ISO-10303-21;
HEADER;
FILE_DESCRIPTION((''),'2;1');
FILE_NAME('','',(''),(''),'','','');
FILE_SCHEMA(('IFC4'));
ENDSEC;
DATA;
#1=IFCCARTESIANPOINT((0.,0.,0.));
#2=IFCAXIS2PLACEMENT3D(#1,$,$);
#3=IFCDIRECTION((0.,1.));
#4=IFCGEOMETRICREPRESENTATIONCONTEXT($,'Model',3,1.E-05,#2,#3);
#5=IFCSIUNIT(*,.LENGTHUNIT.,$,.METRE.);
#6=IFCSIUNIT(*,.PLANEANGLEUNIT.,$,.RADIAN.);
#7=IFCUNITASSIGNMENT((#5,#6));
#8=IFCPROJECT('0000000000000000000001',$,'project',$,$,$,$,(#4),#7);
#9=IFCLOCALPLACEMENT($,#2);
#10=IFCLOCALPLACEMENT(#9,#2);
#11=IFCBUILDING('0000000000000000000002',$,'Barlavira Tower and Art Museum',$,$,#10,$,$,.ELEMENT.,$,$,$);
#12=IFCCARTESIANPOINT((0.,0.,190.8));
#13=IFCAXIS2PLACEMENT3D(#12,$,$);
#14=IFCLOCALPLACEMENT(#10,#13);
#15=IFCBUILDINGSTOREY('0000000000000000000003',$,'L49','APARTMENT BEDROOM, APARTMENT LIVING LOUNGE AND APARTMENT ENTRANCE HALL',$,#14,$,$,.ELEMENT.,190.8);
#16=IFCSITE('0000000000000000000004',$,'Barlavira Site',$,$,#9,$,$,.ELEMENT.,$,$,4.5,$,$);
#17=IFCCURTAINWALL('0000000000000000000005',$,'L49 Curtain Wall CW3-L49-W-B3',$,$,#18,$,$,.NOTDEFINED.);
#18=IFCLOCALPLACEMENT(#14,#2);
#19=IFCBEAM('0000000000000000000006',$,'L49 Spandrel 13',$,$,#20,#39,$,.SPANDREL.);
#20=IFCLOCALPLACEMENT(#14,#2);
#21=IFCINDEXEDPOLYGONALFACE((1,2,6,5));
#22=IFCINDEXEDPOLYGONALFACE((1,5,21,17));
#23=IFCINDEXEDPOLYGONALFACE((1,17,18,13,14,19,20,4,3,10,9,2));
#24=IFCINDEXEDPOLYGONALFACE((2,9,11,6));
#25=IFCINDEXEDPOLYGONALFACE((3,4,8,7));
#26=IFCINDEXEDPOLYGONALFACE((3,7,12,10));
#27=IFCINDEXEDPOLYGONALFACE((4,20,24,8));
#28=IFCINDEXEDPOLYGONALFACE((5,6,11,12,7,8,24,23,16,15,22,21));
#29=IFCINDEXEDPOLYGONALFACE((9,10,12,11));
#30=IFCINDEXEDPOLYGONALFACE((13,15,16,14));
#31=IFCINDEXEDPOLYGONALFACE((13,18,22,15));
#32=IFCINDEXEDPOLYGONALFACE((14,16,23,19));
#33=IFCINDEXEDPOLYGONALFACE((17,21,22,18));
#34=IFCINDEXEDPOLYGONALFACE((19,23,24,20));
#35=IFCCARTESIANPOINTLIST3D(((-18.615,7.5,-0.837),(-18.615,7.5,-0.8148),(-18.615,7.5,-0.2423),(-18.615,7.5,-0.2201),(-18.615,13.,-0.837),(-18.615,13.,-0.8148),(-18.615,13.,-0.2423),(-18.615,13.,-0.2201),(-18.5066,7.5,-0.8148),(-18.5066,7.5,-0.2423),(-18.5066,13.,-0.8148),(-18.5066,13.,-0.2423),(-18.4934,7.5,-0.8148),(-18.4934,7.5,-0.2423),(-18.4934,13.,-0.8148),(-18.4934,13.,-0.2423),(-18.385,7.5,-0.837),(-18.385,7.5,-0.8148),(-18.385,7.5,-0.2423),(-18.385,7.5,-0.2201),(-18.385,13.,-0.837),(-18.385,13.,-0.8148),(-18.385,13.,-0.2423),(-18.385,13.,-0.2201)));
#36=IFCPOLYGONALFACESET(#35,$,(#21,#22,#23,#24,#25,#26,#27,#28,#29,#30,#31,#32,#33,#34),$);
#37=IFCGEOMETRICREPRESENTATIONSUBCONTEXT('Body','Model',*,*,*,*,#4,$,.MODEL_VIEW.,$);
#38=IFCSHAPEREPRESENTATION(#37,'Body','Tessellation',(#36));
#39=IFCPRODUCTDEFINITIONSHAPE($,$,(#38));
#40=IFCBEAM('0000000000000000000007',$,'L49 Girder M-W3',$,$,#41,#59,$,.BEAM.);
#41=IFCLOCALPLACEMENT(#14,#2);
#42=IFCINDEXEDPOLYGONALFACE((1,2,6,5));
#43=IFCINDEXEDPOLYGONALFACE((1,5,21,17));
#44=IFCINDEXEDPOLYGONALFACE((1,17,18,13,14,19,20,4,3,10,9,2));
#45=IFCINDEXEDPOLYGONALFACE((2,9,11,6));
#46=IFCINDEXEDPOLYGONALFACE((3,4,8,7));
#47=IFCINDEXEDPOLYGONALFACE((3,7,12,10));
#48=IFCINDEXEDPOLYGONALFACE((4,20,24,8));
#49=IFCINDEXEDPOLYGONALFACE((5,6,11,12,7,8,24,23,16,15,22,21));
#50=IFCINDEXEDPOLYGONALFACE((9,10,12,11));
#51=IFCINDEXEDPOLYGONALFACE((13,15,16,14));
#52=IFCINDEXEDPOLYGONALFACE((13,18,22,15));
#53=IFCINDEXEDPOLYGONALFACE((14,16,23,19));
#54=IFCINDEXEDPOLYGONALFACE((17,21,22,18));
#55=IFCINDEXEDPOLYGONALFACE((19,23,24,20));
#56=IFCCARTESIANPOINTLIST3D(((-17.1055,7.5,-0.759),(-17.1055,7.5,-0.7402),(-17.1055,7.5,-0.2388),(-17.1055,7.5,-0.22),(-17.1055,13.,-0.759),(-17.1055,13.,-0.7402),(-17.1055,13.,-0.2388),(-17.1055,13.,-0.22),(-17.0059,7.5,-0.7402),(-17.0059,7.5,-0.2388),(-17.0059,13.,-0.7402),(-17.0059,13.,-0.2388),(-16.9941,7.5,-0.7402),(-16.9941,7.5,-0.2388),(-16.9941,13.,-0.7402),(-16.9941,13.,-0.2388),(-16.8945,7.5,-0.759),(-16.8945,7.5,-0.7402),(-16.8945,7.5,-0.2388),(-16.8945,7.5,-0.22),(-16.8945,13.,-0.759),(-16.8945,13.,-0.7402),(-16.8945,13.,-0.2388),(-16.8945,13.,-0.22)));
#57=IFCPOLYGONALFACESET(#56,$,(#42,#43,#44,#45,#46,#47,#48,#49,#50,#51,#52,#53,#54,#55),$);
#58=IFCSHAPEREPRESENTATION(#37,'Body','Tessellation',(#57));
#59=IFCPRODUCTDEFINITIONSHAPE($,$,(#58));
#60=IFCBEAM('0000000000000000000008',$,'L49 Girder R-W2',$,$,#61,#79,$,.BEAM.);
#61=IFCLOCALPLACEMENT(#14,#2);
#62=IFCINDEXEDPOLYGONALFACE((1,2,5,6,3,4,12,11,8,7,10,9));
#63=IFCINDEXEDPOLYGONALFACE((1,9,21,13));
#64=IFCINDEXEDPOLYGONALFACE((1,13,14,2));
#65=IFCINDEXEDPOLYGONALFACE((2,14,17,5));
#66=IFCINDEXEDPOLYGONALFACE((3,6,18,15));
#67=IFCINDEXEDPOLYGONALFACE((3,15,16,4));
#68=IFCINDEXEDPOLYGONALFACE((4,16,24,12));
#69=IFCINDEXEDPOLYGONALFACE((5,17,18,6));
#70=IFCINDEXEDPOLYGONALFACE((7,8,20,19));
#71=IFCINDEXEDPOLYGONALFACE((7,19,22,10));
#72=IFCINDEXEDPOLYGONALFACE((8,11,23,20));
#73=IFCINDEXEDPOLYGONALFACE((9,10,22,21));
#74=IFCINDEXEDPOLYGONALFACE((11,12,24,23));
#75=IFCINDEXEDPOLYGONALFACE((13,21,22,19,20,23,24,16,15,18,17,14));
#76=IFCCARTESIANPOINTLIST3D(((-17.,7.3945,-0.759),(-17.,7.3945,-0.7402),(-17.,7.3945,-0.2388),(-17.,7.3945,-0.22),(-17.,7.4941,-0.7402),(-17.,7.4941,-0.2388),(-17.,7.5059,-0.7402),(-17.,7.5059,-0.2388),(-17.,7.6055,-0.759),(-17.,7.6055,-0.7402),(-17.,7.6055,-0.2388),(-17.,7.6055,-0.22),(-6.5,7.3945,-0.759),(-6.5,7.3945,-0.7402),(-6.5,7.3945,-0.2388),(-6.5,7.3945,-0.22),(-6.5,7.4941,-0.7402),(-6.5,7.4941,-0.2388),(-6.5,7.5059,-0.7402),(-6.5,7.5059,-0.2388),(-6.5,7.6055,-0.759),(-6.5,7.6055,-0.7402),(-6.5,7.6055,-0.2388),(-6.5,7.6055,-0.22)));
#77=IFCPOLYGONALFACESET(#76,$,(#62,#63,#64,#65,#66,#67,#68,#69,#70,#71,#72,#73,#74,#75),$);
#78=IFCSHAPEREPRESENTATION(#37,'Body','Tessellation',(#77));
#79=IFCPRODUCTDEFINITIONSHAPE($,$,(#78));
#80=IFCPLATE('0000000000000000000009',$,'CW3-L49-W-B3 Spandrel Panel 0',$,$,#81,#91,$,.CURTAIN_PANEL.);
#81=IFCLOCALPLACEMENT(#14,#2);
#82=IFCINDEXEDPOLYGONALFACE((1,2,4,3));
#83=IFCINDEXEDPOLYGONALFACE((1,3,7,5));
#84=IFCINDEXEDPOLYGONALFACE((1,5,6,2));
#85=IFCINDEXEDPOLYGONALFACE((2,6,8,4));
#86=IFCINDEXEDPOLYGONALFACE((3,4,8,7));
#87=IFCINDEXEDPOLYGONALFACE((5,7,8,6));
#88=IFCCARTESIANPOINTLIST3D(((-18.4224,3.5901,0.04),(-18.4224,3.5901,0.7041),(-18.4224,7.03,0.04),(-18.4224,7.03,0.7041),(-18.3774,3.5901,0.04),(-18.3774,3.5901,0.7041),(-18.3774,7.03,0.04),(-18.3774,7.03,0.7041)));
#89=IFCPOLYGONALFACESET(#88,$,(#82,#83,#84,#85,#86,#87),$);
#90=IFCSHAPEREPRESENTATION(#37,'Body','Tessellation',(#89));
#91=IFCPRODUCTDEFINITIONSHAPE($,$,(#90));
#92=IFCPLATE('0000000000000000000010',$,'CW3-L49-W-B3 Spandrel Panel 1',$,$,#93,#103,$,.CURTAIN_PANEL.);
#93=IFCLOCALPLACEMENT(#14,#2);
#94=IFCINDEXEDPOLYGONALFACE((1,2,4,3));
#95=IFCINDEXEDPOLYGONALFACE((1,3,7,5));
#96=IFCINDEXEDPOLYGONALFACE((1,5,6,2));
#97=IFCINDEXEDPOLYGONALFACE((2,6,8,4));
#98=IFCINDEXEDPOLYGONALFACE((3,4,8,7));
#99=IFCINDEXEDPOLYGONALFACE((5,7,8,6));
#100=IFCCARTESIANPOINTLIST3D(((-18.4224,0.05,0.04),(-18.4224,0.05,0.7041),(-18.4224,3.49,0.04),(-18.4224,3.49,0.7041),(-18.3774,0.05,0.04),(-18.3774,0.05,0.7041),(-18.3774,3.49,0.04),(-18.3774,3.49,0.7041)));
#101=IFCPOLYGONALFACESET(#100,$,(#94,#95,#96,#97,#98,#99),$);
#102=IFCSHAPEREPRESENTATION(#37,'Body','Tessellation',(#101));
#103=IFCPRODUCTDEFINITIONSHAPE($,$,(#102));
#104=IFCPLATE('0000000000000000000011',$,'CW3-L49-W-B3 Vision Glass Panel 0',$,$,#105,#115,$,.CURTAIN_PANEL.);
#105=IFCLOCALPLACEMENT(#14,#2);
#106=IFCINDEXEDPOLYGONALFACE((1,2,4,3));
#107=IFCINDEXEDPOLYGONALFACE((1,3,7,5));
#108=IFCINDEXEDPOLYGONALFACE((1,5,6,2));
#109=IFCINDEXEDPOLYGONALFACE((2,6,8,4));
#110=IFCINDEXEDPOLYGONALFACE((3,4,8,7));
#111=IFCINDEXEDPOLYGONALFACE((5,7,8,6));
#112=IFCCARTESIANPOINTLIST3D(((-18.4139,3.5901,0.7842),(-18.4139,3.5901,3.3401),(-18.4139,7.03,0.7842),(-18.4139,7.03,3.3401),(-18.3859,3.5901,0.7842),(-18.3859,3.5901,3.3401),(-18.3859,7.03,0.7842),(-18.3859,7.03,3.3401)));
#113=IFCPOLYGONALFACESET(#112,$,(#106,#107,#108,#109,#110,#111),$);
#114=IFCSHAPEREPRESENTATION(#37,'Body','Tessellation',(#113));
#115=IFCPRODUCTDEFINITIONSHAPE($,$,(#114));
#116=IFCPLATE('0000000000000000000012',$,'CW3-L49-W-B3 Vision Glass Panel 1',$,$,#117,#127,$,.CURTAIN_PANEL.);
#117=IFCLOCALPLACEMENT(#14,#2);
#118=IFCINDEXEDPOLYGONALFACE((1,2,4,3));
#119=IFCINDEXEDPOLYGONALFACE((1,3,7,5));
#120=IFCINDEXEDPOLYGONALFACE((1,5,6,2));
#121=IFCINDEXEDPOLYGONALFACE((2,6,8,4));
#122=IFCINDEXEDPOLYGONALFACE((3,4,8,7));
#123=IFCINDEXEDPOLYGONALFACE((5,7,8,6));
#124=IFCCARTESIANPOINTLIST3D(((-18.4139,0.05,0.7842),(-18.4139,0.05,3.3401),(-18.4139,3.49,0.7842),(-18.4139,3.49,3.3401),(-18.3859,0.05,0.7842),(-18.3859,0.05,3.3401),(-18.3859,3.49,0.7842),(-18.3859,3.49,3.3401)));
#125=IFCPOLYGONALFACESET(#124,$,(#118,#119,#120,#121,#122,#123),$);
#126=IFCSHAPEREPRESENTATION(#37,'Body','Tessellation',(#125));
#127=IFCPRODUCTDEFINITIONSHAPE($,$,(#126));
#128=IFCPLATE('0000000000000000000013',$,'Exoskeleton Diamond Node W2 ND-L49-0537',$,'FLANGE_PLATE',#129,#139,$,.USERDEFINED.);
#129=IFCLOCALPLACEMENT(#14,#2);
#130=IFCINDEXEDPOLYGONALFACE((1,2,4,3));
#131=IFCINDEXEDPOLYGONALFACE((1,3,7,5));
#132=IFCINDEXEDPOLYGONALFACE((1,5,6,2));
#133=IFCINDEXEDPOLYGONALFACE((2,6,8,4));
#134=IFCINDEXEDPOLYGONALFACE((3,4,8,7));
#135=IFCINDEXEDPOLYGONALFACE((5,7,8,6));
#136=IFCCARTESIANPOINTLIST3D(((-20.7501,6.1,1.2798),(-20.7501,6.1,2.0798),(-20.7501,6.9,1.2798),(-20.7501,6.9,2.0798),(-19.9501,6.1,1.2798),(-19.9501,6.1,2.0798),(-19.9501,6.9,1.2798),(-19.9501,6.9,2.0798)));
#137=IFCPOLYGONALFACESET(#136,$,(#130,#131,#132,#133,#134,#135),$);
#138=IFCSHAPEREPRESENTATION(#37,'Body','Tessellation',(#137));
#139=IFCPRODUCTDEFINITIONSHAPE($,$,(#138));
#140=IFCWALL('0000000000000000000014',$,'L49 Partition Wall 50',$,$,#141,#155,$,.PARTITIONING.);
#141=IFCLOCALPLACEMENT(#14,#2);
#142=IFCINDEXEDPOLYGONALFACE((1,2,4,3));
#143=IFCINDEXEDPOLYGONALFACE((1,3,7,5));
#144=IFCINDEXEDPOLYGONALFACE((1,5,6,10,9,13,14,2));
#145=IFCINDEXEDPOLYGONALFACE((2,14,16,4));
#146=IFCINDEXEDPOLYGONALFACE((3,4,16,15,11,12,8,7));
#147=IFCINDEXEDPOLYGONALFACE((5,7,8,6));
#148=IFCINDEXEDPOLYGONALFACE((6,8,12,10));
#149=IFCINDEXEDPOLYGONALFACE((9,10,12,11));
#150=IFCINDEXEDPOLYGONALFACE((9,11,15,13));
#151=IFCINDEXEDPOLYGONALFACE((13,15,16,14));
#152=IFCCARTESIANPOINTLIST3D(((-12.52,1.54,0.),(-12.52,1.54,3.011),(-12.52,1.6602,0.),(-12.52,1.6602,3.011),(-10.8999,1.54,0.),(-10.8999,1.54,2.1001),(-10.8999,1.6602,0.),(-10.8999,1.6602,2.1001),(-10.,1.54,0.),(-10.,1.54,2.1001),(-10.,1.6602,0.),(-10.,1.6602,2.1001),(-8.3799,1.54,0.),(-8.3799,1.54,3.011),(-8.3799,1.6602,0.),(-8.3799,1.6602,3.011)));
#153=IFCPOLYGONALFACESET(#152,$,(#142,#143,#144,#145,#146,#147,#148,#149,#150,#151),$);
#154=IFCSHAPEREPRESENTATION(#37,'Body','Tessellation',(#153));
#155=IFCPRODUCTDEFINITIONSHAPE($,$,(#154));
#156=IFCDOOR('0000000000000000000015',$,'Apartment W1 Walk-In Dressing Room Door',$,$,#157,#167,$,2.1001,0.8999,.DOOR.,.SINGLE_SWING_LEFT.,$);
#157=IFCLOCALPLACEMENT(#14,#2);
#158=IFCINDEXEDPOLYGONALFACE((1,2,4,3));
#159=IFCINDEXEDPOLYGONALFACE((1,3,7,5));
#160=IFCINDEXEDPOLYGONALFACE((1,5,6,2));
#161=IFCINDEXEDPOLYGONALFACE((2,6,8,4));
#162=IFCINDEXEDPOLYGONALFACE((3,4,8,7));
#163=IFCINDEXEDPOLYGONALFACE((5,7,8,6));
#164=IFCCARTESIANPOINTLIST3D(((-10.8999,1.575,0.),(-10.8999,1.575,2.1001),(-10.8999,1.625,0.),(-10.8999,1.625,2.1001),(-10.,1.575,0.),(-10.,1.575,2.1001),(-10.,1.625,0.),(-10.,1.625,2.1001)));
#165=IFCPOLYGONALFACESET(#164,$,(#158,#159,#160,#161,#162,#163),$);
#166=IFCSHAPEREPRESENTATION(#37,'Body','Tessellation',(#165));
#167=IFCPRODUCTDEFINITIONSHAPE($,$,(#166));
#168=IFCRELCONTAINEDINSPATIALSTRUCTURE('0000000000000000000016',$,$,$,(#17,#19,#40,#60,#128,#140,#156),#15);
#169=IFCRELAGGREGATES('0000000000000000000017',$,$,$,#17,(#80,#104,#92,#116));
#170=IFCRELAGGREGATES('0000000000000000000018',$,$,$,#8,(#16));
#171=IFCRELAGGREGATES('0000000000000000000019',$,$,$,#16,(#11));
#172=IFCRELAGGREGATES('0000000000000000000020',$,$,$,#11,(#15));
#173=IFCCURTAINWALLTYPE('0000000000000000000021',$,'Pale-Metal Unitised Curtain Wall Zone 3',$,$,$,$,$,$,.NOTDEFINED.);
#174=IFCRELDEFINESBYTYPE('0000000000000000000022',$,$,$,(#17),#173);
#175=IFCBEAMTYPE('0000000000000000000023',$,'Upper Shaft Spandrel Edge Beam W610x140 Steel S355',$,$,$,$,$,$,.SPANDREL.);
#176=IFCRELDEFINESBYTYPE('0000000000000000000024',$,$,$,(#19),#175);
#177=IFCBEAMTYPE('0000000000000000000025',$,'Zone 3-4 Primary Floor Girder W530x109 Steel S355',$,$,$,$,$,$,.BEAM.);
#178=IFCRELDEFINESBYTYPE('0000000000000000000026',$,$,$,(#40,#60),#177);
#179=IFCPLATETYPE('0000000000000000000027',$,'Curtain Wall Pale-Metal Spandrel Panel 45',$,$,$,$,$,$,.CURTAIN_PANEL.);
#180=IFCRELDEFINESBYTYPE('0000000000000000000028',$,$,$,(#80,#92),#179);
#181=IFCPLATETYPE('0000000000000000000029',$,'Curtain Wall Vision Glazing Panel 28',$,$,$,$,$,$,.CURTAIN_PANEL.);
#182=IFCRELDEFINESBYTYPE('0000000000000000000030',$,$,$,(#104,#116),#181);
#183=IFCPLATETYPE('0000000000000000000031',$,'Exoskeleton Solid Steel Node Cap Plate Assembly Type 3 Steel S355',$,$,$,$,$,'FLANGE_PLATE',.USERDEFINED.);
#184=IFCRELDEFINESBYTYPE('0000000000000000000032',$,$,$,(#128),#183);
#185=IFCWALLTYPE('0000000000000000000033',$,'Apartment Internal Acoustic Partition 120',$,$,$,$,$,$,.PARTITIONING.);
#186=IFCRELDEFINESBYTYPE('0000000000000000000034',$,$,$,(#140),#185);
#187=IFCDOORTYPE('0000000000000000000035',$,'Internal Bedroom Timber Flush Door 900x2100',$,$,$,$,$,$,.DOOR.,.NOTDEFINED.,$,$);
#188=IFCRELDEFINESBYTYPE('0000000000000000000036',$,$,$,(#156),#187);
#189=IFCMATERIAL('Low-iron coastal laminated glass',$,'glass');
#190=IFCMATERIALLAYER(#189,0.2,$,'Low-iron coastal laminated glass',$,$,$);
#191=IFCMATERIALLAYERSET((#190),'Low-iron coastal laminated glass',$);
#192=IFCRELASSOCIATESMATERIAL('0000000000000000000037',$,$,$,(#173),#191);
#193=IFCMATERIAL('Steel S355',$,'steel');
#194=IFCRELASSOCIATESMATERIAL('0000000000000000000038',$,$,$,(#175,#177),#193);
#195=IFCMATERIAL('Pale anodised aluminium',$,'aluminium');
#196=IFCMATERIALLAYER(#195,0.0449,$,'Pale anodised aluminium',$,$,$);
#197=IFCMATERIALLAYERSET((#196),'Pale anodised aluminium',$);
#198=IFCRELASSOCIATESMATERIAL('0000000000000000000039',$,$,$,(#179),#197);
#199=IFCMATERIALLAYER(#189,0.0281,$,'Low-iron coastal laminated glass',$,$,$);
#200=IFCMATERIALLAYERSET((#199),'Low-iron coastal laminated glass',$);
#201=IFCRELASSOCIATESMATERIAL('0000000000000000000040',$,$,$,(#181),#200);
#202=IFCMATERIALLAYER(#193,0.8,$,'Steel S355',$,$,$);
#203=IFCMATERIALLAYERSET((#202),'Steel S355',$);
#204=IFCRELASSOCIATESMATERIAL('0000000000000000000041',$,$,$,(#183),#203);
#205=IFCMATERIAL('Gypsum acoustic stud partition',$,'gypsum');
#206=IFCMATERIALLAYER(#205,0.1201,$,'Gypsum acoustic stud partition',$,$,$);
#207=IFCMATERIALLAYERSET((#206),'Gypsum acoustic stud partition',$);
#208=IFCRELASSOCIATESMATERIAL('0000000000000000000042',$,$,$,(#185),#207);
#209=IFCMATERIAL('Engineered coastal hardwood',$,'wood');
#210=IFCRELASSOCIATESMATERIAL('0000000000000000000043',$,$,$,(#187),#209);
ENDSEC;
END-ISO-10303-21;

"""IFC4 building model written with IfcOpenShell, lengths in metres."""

from ifc_helpers import new_model, si_unit, direction, frame, frame_2d, origin, origin_2d, place, context, subcontext, project, spatial, rectangle, i_section, extrude, material, layer, layer_set, material_profile, profile_set, type_object, element, fill, aggregate, save


model = new_model("IFC4")

# Units and contexts
model_context = context("Model", 3, precision=1e-05, world=origin(), true_north=direction((0.0, 1.0)))
body_context = subcontext(model_context, "Body", "Model", "MODEL_VIEW")
ifc_project = project(units=[si_unit("LENGTHUNIT", "METRE"), si_unit("PLANEANGLEUNIT", "RADIAN")], contexts=[model_context])

# Site, building, storey
site_placement = place(None, origin())
site = spatial("IfcSite", under=ifc_project, at=site_placement, Name="Barlavira Site", CompositionType="ELEMENT", RefElevation=4.5)
building_placement = place(site_placement, origin())
building = spatial("IfcBuilding", under=site, at=building_placement, Name="Barlavira Tower and Art Museum", CompositionType="ELEMENT")
storey_placement = place(building_placement, frame((0.0, 0.0, 190.8)))
storey = spatial("IfcBuildingStorey", under=building, at=storey_placement, Name="L49", Description="APARTMENT BEDROOM, APARTMENT LIVING LOUNGE AND APARTMENT ENTRANCE HALL", CompositionType="ELEMENT", Elevation=190.8)

# Curtain wall
ifc_material_1 = material(Name="Low-iron coastal laminated glass", Category="glass")
ifc_layer_1 = layer(ifc_material_1, 0.2, Name="Low-iron coastal laminated glass")
ifc_layer_set_1 = layer_set([ifc_layer_1], Name="Low-iron coastal laminated glass")
curtain_wall_type = type_object("IfcCurtainWallType", Name="Pale-Metal Unitised Curtain Wall Zone 3", PredefinedType="NOTDEFINED", material=ifc_layer_set_1)
curtain_wall_placement = place(storey_placement, origin())
curtain_wall = element("IfcCurtainWall", 1, at=curtain_wall_placement, inside=storey, type_object=curtain_wall_type, Name="L49 Curtain Wall CW3-L49-W-B3", PredefinedType="NOTDEFINED")
ifc_material_2 = material(Name="Pale anodised aluminium", Category="aluminium")

# Beams
ifc_material_3 = material(Name="Steel S355", Category="steel")
ifc_material_profile_1 = material_profile(ifc_material_3, i_section(OverallWidth=0.23, OverallDepth=0.6169, WebThickness=0.0132, FlangeThickness=0.0222, at=origin_2d()), Name="W610x140.0")
ifc_profile_set_1 = profile_set([ifc_material_profile_1], Name="Steel S355")
beam_type_1 = type_object("IfcBeamType", Name="Upper Shaft Spandrel Edge Beam W610x140 Steel S355", PredefinedType="SPANDREL", material=ifc_profile_set_1)
beam_1_placement = place(storey_placement, frame((-18.5, 7.5, -0.5286), z_axis=(0.0, 1.0, 0.0), x_axis=(-1.0, 0.0, 0.0)))
element("IfcBeam", 2, at=beam_1_placement, inside=storey, type_object=beam_type_1, Name="L49 Spandrel 13", PredefinedType="SPANDREL", context=body_context, shape_type="SweptSolid", body=[
    extrude(i_section(OverallWidth=0.23, OverallDepth=0.6169, WebThickness=0.0132, FlangeThickness=0.0222, at=origin_2d()), origin(), (0.0, 0.0, 1.0), 5.5),
])
ifc_material_profile_2 = material_profile(ifc_material_3, i_section(OverallWidth=0.2109, OverallDepth=0.5391, WebThickness=0.0117, FlangeThickness=0.0188, at=origin_2d()), Name="W530x109.0")
ifc_profile_set_2 = profile_set([ifc_material_profile_2], Name="Steel S355")
beam_type_2 = type_object("IfcBeamType", Name="Zone 3-4 Primary Floor Girder W530x109 Steel S355", PredefinedType="BEAM", material=ifc_profile_set_2)
beam_2_placement = place(storey_placement, frame((-17.0, 7.5, -0.4895), z_axis=(0.0, 1.0, 0.0), x_axis=(-1.0, 0.0, 0.0)))
element("IfcBeam", 3, at=beam_2_placement, inside=storey, type_object=beam_type_2, Name="L49 Girder M-W3", PredefinedType="BEAM", context=body_context, shape_type="SweptSolid", body=[
    extrude(i_section(OverallWidth=0.2109, OverallDepth=0.5391, WebThickness=0.0117, FlangeThickness=0.0188, at=origin_2d()), origin(), (0.0, 0.0, 1.0), 5.5),
])
beam_3_placement = place(storey_placement, frame((-17.0, 7.5, -0.4895), z_axis=(1.0, 0.0, 0.0), x_axis=(0.0, 1.0, 0.0)))
element("IfcBeam", 4, at=beam_3_placement, inside=storey, type_object=beam_type_2, Name="L49 Girder R-W2", PredefinedType="BEAM", context=body_context, shape_type="SweptSolid", body=[
    extrude(i_section(OverallWidth=0.2109, OverallDepth=0.5391, WebThickness=0.0117, FlangeThickness=0.0188, at=origin_2d()), origin(), (0.0, 0.0, 1.0), 10.5),
])

# Plates
ifc_layer_2 = layer(ifc_material_2, 0.0449, Name="Pale anodised aluminium")
ifc_layer_set_2 = layer_set([ifc_layer_2], Name="Pale anodised aluminium")
plate_type_1 = type_object("IfcPlateType", Name="Curtain Wall Pale-Metal Spandrel Panel 45", PredefinedType="CURTAIN_PANEL", material=ifc_layer_set_2)
plate_1_placement = place(storey_placement, frame((-18.3999, 5.3101, 0.04), z_axis=(0.0, 0.0, 1.0), x_axis=(0.0, -1.0, 0.0)))
plate_1 = element("IfcPlate", 5, at=plate_1_placement, type_object=plate_type_1, Name="CW3-L49-W-B3 Spandrel Panel 0", PredefinedType="CURTAIN_PANEL", context=body_context, shape_type="SweptSolid", body=[
    extrude(rectangle(XDim=3.4399, YDim=0.0449, at=origin_2d()), origin(), (0.0, 0.0, 1.0), 0.6641),
])
plate_2_placement = place(storey_placement, frame((-18.3999, 1.77, 0.04), z_axis=(0.0, 0.0, 1.0), x_axis=(0.0, -1.0, 0.0)))
plate_2 = element("IfcPlate", 6, at=plate_2_placement, type_object=plate_type_1, Name="CW3-L49-W-B3 Spandrel Panel 1", PredefinedType="CURTAIN_PANEL", context=body_context, shape_type="SweptSolid", body=[
    extrude(rectangle(XDim=3.4399, YDim=0.0449, at=origin_2d()), origin(), (0.0, 0.0, 1.0), 0.6641),
])
ifc_layer_3 = layer(ifc_material_1, 0.0281, Name="Low-iron coastal laminated glass")
ifc_layer_set_3 = layer_set([ifc_layer_3], Name="Low-iron coastal laminated glass")
plate_type_2 = type_object("IfcPlateType", Name="Curtain Wall Vision Glazing Panel 28", PredefinedType="CURTAIN_PANEL", material=ifc_layer_set_3)
plate_3_placement = place(storey_placement, frame((-18.3999, 5.3101, 0.7842), z_axis=(0.0, 0.0, 1.0), x_axis=(0.0, -1.0, 0.0)))
plate_3 = element("IfcPlate", 7, at=plate_3_placement, type_object=plate_type_2, Name="CW3-L49-W-B3 Vision Glass Panel 0", PredefinedType="CURTAIN_PANEL", context=body_context, shape_type="SweptSolid", body=[
    extrude(rectangle(XDim=3.4399, YDim=0.0281, at=origin_2d()), origin(), (0.0, 0.0, 1.0), 2.5559),
])
plate_4_placement = place(storey_placement, frame((-18.3999, 1.77, 0.7842), z_axis=(0.0, 0.0, 1.0), x_axis=(0.0, -1.0, 0.0)))
plate_4 = element("IfcPlate", 8, at=plate_4_placement, type_object=plate_type_2, Name="CW3-L49-W-B3 Vision Glass Panel 1", PredefinedType="CURTAIN_PANEL", context=body_context, shape_type="SweptSolid", body=[
    extrude(rectangle(XDim=3.4399, YDim=0.0281, at=origin_2d()), origin(), (0.0, 0.0, 1.0), 2.5559),
])
aggregate(curtain_wall, [plate_1, plate_3, plate_2, plate_4])
ifc_layer_4 = layer(ifc_material_3, 0.8, Name="Steel S355")
ifc_layer_set_4 = layer_set([ifc_layer_4], Name="Steel S355")
plate_type_3 = type_object("IfcPlateType", Name="Exoskeleton Solid Steel Node Cap Plate Assembly Type 3 Steel S355", ElementType="FLANGE_PLATE", PredefinedType="USERDEFINED", material=ifc_layer_set_4)
plate_5_placement = place(storey_placement, frame((-20.3501, 6.5, 1.2798), z_axis=(0.0, 0.0, 1.0), x_axis=(1.0, 0.0, 0.0)))
element("IfcPlate", 9, at=plate_5_placement, inside=storey, type_object=plate_type_3, Name="Exoskeleton Diamond Node W2 ND-L49-0537", ObjectType="FLANGE_PLATE", PredefinedType="USERDEFINED", context=body_context, shape_type="SweptSolid", body=[
    extrude(rectangle(XDim=0.8, YDim=0.8, at=origin_2d()), origin(), (0.0, 0.0, 1.0), 0.8),
])

# Wall, opening, door
ifc_material_4 = material(Name="Gypsum acoustic stud partition", Category="gypsum")
ifc_layer_5 = layer(ifc_material_4, 0.1201, Name="Gypsum acoustic stud partition")
ifc_layer_set_5 = layer_set([ifc_layer_5], Name="Gypsum acoustic stud partition")
wall_type_1 = type_object("IfcWallType", Name="Apartment Internal Acoustic Partition 120", PredefinedType="PARTITIONING", material=ifc_layer_set_5)
wall_1_placement = place(storey_placement, frame((-12.52, 1.6001, 0.0), z_axis=(0.0, 0.0, 1.0), x_axis=(1.0, 0.0, 0.0)))
wall_1 = element("IfcWall", 10, at=wall_1_placement, inside=storey, type_object=wall_type_1, Name="L49 Partition Wall 50", PredefinedType="PARTITIONING", context=body_context, shape_type="SweptSolid", body=[
    extrude(rectangle(XDim=4.1401, YDim=0.1201, at=frame_2d((2.0701, 0.0))), origin(), (0.0, 0.0, 1.0), 3.011),
])
opening_1_placement = place(wall_1_placement, frame((1.6201, 0.0, 0.0)))
opening_1 = element("IfcOpeningElement", 11, at=opening_1_placement, cuts=wall_1, PredefinedType="OPENING", context=body_context, shape_type="SweptSolid", body=[
    extrude(rectangle(XDim=0.8999, YDim=2.1001, at=frame_2d((0.45, 1.05))), frame((0.0, 0.0701, 0.0), z_axis=(0.0, -1.0, 0.0), x_axis=(1.0, 0.0, 0.0)), (0.0, 0.0, 1.0), 0.1401),
])
ifc_material_5 = material(Name="Engineered coastal hardwood", Category="wood")
door_type = type_object("IfcDoorType", Name="Internal Bedroom Timber Flush Door 900x2100", OperationType="NOTDEFINED", PredefinedType="DOOR", material=ifc_material_5)
door_1_placement = place(opening_1_placement, origin())
door_1 = element("IfcDoor", 12, at=door_1_placement, inside=storey, type_object=door_type, Name="Apartment W1 Walk-In Dressing Room Door", OperationType="SINGLE_SWING_LEFT", OverallHeight=2.1001, OverallWidth=0.8999, PredefinedType="DOOR", context=body_context, shape_type="SweptSolid", body=[
    extrude(rectangle(XDim=0.8999, YDim=2.1001, at=frame_2d((0.45, 1.05))), frame((0.0, 0.0249, 0.0), z_axis=(0.0, -1.0, 0.0), x_axis=(1.0, 0.0, 0.0)), (0.0, 0.0, 1.0), 0.05),
])
fill(opening_1, door_1)

save(model, "model.ifc")
